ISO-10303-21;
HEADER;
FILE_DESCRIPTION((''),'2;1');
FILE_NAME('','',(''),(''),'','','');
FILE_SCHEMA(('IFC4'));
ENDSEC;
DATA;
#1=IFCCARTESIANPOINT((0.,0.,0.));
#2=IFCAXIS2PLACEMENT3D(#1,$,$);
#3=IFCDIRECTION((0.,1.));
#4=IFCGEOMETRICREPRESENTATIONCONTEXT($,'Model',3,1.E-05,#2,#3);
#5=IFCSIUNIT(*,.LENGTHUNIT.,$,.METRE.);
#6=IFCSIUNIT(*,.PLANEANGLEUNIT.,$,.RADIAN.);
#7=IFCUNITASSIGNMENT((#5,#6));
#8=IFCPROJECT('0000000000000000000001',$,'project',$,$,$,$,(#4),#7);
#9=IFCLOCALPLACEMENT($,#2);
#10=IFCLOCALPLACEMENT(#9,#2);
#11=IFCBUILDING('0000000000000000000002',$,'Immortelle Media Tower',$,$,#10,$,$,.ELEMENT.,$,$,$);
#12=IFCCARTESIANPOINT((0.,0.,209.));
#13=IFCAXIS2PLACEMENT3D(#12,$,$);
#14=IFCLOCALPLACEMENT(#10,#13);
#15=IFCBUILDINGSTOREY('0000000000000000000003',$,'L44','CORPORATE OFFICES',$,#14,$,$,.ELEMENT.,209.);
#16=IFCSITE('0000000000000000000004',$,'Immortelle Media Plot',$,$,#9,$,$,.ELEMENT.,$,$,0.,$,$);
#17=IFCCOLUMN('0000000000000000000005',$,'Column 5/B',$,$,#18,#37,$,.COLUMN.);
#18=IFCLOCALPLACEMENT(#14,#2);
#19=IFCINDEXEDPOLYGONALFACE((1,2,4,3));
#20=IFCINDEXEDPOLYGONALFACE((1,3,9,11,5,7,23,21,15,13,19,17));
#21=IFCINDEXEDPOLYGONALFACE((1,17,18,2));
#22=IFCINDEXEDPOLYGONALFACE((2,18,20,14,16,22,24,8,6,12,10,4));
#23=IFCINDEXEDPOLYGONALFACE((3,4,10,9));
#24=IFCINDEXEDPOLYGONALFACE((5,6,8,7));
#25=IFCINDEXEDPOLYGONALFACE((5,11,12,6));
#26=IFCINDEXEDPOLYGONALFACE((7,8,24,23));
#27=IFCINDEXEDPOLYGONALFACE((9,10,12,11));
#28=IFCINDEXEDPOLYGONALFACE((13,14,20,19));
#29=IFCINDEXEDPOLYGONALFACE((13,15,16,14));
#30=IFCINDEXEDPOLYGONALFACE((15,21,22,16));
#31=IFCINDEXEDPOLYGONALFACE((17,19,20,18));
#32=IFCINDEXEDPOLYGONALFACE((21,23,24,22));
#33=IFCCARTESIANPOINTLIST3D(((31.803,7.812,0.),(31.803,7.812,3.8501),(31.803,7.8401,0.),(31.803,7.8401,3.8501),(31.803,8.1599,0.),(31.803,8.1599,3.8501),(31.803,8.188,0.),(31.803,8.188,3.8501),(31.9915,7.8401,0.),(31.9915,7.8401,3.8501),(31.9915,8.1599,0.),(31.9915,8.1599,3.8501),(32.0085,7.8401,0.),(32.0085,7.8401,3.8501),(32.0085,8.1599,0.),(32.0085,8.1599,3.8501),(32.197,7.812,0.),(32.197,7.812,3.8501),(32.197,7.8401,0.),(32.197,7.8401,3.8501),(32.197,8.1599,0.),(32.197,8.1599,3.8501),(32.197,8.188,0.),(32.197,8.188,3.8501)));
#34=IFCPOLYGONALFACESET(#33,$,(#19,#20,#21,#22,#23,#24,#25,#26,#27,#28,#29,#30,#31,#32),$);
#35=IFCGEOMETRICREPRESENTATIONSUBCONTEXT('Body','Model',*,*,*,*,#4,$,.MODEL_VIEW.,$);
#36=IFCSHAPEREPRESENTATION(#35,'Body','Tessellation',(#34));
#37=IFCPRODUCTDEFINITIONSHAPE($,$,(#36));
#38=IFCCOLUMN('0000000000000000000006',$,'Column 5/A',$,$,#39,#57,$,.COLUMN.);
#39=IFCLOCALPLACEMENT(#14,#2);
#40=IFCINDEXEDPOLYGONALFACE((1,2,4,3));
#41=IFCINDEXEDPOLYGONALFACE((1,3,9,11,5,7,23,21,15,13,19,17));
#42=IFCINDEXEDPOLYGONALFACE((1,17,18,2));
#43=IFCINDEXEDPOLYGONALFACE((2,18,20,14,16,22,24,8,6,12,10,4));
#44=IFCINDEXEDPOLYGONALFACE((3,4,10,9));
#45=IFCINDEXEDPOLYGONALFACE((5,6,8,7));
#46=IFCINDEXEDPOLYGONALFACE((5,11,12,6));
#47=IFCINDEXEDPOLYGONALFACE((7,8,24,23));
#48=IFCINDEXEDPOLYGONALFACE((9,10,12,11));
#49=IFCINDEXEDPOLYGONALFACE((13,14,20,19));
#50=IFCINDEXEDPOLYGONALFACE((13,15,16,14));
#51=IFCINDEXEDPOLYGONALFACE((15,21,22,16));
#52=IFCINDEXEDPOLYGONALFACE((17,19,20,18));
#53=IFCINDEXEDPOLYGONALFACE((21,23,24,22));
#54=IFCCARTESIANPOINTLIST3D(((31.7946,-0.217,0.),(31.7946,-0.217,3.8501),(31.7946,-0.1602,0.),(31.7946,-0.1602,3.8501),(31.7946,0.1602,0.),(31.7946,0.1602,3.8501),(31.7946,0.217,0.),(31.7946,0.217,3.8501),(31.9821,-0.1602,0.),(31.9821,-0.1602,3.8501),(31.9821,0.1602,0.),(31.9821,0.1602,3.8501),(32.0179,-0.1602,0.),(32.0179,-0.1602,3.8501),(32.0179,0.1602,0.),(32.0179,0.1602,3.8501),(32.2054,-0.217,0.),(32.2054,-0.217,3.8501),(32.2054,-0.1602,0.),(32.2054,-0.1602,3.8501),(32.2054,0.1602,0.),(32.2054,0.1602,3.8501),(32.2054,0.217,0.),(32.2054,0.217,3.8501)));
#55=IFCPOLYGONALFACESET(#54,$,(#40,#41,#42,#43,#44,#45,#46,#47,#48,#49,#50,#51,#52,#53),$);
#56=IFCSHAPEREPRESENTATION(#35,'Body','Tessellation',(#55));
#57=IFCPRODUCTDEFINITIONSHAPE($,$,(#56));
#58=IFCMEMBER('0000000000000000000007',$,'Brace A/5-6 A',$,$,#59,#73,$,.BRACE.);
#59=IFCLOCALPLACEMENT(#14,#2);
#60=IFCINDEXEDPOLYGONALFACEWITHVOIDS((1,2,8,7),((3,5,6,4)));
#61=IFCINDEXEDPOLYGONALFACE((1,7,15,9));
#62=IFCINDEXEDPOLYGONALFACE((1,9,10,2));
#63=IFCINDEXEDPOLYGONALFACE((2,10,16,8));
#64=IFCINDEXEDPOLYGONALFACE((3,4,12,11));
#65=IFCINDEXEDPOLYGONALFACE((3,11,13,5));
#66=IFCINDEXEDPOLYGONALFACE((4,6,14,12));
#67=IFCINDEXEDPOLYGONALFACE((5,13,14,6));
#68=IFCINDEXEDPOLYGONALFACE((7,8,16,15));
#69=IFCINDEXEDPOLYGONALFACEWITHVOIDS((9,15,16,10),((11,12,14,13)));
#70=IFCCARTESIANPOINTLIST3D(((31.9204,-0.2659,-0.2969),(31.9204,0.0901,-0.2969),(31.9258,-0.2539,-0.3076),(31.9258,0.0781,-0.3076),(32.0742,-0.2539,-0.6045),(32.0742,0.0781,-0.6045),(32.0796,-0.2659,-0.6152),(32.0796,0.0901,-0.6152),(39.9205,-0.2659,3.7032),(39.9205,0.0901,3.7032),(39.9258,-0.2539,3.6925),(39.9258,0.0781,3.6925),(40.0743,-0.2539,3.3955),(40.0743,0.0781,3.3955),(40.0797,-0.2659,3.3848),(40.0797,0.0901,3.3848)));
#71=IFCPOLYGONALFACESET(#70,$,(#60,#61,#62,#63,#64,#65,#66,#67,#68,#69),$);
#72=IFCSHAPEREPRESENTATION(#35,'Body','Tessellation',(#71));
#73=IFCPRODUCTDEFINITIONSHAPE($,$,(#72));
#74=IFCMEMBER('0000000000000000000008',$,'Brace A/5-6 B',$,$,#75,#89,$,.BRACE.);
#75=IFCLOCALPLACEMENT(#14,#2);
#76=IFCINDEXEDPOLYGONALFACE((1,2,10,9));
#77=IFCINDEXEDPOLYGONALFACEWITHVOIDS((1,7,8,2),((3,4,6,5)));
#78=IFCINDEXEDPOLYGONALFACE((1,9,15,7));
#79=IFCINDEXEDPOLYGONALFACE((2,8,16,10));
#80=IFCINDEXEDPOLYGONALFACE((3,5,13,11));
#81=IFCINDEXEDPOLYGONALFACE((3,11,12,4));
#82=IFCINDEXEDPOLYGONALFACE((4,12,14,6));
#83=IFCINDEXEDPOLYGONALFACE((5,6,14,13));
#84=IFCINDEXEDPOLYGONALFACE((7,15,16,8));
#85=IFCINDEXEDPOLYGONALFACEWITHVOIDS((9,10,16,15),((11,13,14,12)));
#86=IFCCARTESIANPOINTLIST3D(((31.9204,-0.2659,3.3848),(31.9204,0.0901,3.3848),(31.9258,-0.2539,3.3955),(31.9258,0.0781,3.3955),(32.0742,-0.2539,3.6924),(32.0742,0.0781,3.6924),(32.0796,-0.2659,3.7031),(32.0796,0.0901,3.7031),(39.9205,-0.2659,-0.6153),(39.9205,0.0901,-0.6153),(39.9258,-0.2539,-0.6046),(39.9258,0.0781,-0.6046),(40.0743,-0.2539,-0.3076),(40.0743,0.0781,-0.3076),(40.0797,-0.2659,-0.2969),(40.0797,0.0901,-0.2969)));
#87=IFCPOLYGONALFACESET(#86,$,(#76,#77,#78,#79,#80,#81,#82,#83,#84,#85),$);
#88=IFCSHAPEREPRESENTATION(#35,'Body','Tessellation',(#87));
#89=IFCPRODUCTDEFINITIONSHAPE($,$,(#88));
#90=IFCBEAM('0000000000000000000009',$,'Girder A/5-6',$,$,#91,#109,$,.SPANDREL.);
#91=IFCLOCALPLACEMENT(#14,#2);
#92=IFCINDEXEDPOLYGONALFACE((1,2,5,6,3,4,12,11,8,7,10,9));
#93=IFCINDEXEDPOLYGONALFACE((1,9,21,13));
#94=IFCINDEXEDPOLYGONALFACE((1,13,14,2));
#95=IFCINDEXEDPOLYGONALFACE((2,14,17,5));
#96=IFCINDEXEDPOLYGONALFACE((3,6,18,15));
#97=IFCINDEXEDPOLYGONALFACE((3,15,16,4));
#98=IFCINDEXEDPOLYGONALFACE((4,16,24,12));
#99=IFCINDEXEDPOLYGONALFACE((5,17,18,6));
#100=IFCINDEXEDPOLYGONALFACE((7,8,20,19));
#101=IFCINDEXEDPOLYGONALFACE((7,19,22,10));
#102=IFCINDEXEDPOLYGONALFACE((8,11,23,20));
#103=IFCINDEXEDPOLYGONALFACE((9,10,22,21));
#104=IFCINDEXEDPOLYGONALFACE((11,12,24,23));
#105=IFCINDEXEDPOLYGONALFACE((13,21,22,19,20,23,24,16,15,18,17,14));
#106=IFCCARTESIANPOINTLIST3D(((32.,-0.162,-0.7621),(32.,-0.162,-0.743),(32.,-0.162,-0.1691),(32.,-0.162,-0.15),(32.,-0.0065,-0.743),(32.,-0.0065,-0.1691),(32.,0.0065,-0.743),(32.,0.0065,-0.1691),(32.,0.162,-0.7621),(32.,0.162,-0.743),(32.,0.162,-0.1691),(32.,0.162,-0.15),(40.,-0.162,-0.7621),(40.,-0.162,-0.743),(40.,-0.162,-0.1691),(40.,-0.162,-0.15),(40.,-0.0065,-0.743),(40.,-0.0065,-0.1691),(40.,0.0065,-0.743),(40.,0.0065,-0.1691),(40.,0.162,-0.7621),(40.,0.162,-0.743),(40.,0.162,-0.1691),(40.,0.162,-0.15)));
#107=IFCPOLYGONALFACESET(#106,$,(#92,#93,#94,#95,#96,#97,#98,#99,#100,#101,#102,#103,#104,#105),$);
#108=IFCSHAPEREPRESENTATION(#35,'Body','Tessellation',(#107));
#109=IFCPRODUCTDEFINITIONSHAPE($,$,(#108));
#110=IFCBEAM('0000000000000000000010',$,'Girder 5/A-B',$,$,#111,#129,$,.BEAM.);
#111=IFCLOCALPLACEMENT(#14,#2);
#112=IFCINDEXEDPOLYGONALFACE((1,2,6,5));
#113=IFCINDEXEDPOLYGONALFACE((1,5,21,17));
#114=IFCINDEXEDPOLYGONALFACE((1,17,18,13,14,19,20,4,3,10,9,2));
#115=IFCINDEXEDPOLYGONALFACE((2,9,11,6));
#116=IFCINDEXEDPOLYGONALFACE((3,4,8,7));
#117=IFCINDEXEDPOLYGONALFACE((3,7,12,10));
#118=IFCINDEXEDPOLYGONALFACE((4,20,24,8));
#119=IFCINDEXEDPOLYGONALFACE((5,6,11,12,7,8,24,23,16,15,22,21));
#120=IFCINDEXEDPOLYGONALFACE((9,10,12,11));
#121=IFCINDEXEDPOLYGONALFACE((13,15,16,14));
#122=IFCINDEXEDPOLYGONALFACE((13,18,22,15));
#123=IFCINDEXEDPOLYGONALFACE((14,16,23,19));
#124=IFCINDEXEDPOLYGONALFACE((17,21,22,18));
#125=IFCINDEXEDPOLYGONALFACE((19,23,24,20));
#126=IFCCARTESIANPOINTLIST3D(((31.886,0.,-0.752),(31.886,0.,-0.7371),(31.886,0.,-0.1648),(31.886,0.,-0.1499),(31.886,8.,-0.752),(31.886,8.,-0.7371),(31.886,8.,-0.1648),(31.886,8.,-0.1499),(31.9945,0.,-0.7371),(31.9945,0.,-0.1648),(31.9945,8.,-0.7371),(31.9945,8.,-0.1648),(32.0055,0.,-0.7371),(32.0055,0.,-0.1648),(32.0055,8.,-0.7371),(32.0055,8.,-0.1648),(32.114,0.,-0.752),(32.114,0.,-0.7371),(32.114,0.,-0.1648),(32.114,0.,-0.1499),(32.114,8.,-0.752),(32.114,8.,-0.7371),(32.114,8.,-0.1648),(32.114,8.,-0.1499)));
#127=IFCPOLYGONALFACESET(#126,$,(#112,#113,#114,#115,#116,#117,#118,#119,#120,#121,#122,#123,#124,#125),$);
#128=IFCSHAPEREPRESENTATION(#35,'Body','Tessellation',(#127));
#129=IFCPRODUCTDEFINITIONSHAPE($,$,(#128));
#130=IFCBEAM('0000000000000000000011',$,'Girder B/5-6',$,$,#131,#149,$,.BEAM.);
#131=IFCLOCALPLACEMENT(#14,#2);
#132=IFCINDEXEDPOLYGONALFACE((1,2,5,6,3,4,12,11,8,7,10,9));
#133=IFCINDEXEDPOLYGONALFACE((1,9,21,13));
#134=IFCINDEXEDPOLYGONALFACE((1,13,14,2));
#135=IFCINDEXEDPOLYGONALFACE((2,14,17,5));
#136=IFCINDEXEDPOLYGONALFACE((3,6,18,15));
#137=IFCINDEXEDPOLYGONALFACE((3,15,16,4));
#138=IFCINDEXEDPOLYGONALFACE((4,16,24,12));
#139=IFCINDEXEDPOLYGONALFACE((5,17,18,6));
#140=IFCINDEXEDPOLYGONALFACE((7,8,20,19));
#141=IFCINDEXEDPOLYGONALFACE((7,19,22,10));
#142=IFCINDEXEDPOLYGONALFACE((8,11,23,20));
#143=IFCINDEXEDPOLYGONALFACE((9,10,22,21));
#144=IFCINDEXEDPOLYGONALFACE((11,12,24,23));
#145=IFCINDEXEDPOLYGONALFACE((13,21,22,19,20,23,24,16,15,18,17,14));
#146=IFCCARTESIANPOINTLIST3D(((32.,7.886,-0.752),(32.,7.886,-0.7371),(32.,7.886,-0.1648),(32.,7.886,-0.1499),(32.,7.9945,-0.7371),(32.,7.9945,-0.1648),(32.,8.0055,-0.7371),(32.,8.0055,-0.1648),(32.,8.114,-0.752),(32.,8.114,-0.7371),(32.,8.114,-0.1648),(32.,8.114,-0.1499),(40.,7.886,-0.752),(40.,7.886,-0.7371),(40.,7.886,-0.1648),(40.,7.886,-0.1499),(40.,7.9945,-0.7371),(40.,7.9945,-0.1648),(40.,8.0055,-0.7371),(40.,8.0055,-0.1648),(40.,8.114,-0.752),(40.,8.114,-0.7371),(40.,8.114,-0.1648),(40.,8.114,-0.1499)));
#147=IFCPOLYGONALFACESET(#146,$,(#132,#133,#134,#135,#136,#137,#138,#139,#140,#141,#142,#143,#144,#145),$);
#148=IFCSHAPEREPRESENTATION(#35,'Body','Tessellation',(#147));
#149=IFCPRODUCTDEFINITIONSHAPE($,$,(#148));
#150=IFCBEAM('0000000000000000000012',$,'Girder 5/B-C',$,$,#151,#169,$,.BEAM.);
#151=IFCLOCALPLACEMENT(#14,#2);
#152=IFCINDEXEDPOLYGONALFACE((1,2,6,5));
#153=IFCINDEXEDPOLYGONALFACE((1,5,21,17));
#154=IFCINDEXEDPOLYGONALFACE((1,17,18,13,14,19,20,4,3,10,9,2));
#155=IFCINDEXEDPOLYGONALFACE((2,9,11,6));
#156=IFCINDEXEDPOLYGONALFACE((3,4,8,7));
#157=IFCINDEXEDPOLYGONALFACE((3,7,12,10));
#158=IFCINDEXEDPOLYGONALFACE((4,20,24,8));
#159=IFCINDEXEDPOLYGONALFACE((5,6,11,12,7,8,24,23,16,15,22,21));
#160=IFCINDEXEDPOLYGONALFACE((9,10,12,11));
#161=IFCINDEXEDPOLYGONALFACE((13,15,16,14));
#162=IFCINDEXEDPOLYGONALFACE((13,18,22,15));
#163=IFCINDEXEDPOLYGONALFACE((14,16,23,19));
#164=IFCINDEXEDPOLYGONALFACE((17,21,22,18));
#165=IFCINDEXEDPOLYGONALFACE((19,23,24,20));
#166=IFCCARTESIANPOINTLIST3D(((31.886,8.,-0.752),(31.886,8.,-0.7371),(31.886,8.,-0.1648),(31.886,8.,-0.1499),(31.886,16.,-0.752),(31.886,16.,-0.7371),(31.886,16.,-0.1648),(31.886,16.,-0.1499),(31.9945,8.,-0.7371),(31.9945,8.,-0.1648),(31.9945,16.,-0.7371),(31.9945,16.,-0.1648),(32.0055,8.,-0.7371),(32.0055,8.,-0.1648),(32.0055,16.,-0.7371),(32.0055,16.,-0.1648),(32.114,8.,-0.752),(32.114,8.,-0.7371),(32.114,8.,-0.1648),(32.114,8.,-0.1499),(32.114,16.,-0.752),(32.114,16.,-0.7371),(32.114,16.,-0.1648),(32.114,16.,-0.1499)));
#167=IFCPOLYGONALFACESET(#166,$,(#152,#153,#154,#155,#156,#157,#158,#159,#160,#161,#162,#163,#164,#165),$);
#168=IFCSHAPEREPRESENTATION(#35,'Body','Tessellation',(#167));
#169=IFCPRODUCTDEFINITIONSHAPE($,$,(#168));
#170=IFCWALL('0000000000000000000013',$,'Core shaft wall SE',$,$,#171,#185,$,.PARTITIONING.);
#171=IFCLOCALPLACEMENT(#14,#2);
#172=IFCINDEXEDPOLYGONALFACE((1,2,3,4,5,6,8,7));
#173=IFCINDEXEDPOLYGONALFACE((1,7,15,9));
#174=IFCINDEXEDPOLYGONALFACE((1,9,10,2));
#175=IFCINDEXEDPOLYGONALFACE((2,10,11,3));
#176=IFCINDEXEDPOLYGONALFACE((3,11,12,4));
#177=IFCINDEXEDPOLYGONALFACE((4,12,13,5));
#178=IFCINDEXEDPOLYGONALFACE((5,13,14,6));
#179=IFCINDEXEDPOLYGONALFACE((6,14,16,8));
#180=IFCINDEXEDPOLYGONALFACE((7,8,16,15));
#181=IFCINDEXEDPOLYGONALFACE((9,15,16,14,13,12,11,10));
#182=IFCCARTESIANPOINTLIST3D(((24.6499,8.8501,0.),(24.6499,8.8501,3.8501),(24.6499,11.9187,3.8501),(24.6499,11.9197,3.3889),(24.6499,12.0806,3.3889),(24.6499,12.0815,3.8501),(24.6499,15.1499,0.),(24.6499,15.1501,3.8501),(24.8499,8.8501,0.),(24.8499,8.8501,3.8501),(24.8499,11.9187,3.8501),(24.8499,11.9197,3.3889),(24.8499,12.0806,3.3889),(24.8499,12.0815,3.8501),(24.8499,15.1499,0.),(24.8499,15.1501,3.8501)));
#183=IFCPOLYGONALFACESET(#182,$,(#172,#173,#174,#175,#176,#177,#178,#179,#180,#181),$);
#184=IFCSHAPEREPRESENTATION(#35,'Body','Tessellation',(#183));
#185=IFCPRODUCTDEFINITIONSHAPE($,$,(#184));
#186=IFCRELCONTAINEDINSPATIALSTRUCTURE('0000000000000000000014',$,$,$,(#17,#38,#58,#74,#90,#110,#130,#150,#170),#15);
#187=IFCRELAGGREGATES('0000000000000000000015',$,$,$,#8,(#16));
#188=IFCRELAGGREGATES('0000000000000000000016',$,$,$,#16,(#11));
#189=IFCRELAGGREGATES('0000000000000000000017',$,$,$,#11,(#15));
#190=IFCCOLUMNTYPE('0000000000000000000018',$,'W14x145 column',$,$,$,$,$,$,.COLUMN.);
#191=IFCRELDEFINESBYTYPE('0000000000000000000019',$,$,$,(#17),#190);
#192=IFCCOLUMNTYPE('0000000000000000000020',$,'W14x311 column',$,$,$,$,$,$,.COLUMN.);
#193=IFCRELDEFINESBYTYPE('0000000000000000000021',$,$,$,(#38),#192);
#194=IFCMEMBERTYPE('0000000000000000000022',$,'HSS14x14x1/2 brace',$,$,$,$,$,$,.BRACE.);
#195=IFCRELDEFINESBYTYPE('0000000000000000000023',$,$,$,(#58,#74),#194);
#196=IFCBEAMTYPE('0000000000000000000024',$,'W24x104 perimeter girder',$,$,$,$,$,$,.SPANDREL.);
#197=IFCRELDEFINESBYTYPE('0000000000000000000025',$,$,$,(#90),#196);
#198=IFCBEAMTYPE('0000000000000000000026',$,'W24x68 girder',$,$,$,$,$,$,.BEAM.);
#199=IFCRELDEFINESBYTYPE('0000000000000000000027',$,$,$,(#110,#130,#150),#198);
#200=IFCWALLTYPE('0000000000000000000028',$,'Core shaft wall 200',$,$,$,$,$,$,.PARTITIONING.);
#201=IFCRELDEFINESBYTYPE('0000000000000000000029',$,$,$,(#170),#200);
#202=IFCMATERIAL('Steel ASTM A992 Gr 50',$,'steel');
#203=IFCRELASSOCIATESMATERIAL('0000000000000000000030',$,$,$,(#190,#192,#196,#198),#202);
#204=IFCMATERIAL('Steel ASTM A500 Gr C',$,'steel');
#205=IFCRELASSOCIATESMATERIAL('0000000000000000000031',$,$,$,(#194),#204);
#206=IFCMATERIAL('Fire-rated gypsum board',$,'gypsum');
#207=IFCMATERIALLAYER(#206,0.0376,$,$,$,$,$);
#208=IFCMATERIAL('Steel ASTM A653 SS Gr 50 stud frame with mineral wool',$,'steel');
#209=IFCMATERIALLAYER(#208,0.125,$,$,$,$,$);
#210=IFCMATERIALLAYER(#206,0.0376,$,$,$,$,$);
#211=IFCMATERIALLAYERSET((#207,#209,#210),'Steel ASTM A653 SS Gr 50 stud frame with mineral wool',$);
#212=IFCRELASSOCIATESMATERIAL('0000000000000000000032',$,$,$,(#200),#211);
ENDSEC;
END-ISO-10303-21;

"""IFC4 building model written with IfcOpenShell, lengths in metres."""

from ifc_helpers import new_model, si_unit, direction, frame, origin, origin_2d, place, context, subcontext, project, spatial, polyline, hollow_rectangle, i_section, outline, extrude, material, layer, layer_set, material_profile, profile_set, type_object, element, save


model = new_model("IFC4")

# Units and contexts
model_context = context("Model", 3, precision=1e-05, world=origin(), true_north=direction((0.0, 1.0)))
body_context = subcontext(model_context, "Body", "Model", "MODEL_VIEW")
ifc_project = project(units=[si_unit("LENGTHUNIT", "METRE"), si_unit("PLANEANGLEUNIT", "RADIAN")], contexts=[model_context])

# Site, building, storey
site_placement = place(None, origin())
site = spatial("IfcSite", under=ifc_project, at=site_placement, Name="Immortelle Media Plot", CompositionType="ELEMENT", RefElevation=0.0)
building_placement = place(site_placement, origin())
building = spatial("IfcBuilding", under=site, at=building_placement, Name="Immortelle Media Tower", CompositionType="ELEMENT")
storey_placement = place(building_placement, frame((0.0, 0.0, 209.0)))
storey = spatial("IfcBuildingStorey", under=building, at=storey_placement, Name="L44", Description="CORPORATE OFFICES", CompositionType="ELEMENT", Elevation=209.0)

# Columns
ifc_material_1 = material(Name="Steel ASTM A992 Gr 50", Category="steel")
ifc_material_profile_1 = material_profile(ifc_material_1, i_section(OverallWidth=0.394, OverallDepth=0.376, WebThickness=0.0171, FlangeThickness=0.0281, at=origin_2d()), Name="W14x145")
ifc_profile_set_1 = profile_set([ifc_material_profile_1], Name="Steel ASTM A992 Gr 50")
column_type_1 = type_object("IfcColumnType", Name="W14x145 column", PredefinedType="COLUMN", material=ifc_profile_set_1)
column_1_placement = place(storey_placement, frame((32.0, 8.0, 0.0), z_axis=(0.0, 0.0, 1.0), x_axis=(1.0, 0.0, 0.0)))
element("IfcColumn", 1, at=column_1_placement, inside=storey, type_object=column_type_1, Name="Column 5/B", PredefinedType="COLUMN", context=body_context, shape_type="SweptSolid", body=[
    extrude(i_section(OverallWidth=0.394, OverallDepth=0.376, WebThickness=0.0171, FlangeThickness=0.0281, at=origin_2d()), origin(), (0.0, 0.0, 1.0), 3.8501),
])
ifc_material_profile_2 = material_profile(ifc_material_1, i_section(OverallWidth=0.4109, OverallDepth=0.4341, WebThickness=0.0359, FlangeThickness=0.0569, at=origin_2d()), Name="W14x311")
ifc_profile_set_2 = profile_set([ifc_material_profile_2], Name="Steel ASTM A992 Gr 50")
column_type_2 = type_object("IfcColumnType", Name="W14x311 column", PredefinedType="COLUMN", material=ifc_profile_set_2)
column_2_placement = place(storey_placement, frame((32.0, 0.0, 0.0), z_axis=(0.0, 0.0, 1.0), x_axis=(1.0, 0.0, 0.0)))
element("IfcColumn", 2, at=column_2_placement, inside=storey, type_object=column_type_2, Name="Column 5/A", PredefinedType="COLUMN", context=body_context, shape_type="SweptSolid", body=[
    extrude(i_section(OverallWidth=0.4109, OverallDepth=0.4341, WebThickness=0.0359, FlangeThickness=0.0569, at=origin_2d()), origin(), (0.0, 0.0, 1.0), 3.8501),
])

# Members
ifc_material_2 = material(Name="Steel ASTM A500 Gr C", Category="steel")
ifc_material_profile_3 = material_profile(ifc_material_2, hollow_rectangle(XDim=0.356, YDim=0.356, WallThickness=0.012, at=origin_2d()), Name="HSS14x14x1/2 brace")
ifc_profile_set_3 = profile_set([ifc_material_profile_3], Name="Steel ASTM A500 Gr C")
member_type = type_object("IfcMemberType", Name="HSS14x14x1/2 brace", PredefinedType="BRACE", material=ifc_profile_set_3)
for number, where, z_axis, x_axis, name in (
    (3, (32.0, -0.0879, -0.4561), (0.894427, 0.0, 0.447214), (0.0, 1.0, 0.0), "Brace A/5-6 A"),
    (4, (32.0, -0.0879, 3.5439), (0.894427, 0.0, -0.447214), (0.0, 1.0, 0.0), "Brace A/5-6 B"),
):
    element("IfcMember", number, at=place(storey_placement, frame(where, z_axis=z_axis, x_axis=x_axis)), inside=storey, type_object=member_type, Name=name, PredefinedType="BRACE", context=body_context, shape_type="SweptSolid", body=[
        extrude(hollow_rectangle(XDim=0.356, YDim=0.356, WallThickness=0.012, at=origin_2d()), origin(), (0.0, 0.0, 1.0), 8.9443),
    ])

# Beams
ifc_material_profile_4 = material_profile(ifc_material_1, i_section(OverallWidth=0.324, OverallDepth=0.6121, WebThickness=0.0129, FlangeThickness=0.019, at=origin_2d()), Name="W24x104")
ifc_profile_set_4 = profile_set([ifc_material_profile_4], Name="Steel ASTM A992 Gr 50")
beam_type_1 = type_object("IfcBeamType", Name="W24x104 perimeter girder", PredefinedType="SPANDREL", material=ifc_profile_set_4)
beam_placement = place(storey_placement, frame((32.0, 0.0, -0.4561), z_axis=(1.0, 0.0, 0.0), x_axis=(0.0, 1.0, 0.0)))
element("IfcBeam", 5, at=beam_placement, inside=storey, type_object=beam_type_1, Name="Girder A/5-6", PredefinedType="SPANDREL", context=body_context, shape_type="SweptSolid", body=[
    extrude(i_section(OverallWidth=0.324, OverallDepth=0.6121, WebThickness=0.0129, FlangeThickness=0.019, at=origin_2d()), origin(), (0.0, 0.0, 1.0), 8.0),
])
ifc_material_profile_5 = material_profile(ifc_material_1, i_section(OverallWidth=0.228, OverallDepth=0.6021, WebThickness=0.011, FlangeThickness=0.0149, at=origin_2d()), Name="W24x68")
ifc_profile_set_5 = profile_set([ifc_material_profile_5], Name="Steel ASTM A992 Gr 50")
beam_type_2 = type_object("IfcBeamType", Name="W24x68 girder", PredefinedType="BEAM", material=ifc_profile_set_5)
for number, where, z_axis, x_axis, name in (
    (6, (32.0, 0.0, -0.4509), (0.0, 1.0, 0.0), (-1.0, 0.0, 0.0), "Girder 5/A-B"),
    (7, (32.0, 8.0, -0.4509), (1.0, 0.0, 0.0), (0.0, 1.0, 0.0), "Girder B/5-6"),
    (8, (32.0, 8.0, -0.4509), (0.0, 1.0, 0.0), (-1.0, 0.0, 0.0), "Girder 5/B-C"),
):
    element("IfcBeam", number, at=place(storey_placement, frame(where, z_axis=z_axis, x_axis=x_axis)), inside=storey, type_object=beam_type_2, Name=name, PredefinedType="BEAM", context=body_context, shape_type="SweptSolid", body=[
        extrude(i_section(OverallWidth=0.228, OverallDepth=0.6021, WebThickness=0.011, FlangeThickness=0.0149, at=origin_2d()), origin(), (0.0, 0.0, 1.0), 8.0),
    ])

# Wall
ifc_material_3 = material(Name="Fire-rated gypsum board", Category="gypsum")
ifc_layer_1 = layer(ifc_material_3, 0.0376)
ifc_material_4 = material(Name="Steel ASTM A653 SS Gr 50 stud frame with mineral wool", Category="steel")
ifc_layer_2 = layer(ifc_material_4, 0.125)
ifc_layer_3 = layer(ifc_material_3, 0.0376)
ifc_layer_set_1 = layer_set([ifc_layer_1, ifc_layer_2, ifc_layer_3], Name="Steel ASTM A653 SS Gr 50 stud frame with mineral wool")
wall_type_1 = type_object("IfcWallType", Name="Core shaft wall 200", PredefinedType="PARTITIONING", material=ifc_layer_set_1)
wall_1_placement = place(storey_placement, frame((24.75, 8.8501, 0.0), z_axis=(0.0, 0.0, 1.0), x_axis=(0.0, 1.0, 0.0)))
element("IfcWall", 9, at=wall_1_placement, inside=storey, type_object=wall_type_1, Name="Core shaft wall SE", PredefinedType="PARTITIONING", context=body_context, shape_type="SweptSolid", body=[
    extrude(outline(polyline([(0.0, 0.0), (6.2998, 0.0), (6.3, 3.8501), (3.2314, 3.8501), (3.2305, 3.3889), (3.0696, 3.3889), (3.0686, 3.8501), (0.0, 3.8501), (0.0, 0.0)])), frame((0.0, 0.1001, 0.0), z_axis=(0.0, -1.0, 0.0), x_axis=(1.0, 0.0, 0.0)), (0.0, 0.0, 1.0), 0.2),
])

save(model, "model.ifc")
